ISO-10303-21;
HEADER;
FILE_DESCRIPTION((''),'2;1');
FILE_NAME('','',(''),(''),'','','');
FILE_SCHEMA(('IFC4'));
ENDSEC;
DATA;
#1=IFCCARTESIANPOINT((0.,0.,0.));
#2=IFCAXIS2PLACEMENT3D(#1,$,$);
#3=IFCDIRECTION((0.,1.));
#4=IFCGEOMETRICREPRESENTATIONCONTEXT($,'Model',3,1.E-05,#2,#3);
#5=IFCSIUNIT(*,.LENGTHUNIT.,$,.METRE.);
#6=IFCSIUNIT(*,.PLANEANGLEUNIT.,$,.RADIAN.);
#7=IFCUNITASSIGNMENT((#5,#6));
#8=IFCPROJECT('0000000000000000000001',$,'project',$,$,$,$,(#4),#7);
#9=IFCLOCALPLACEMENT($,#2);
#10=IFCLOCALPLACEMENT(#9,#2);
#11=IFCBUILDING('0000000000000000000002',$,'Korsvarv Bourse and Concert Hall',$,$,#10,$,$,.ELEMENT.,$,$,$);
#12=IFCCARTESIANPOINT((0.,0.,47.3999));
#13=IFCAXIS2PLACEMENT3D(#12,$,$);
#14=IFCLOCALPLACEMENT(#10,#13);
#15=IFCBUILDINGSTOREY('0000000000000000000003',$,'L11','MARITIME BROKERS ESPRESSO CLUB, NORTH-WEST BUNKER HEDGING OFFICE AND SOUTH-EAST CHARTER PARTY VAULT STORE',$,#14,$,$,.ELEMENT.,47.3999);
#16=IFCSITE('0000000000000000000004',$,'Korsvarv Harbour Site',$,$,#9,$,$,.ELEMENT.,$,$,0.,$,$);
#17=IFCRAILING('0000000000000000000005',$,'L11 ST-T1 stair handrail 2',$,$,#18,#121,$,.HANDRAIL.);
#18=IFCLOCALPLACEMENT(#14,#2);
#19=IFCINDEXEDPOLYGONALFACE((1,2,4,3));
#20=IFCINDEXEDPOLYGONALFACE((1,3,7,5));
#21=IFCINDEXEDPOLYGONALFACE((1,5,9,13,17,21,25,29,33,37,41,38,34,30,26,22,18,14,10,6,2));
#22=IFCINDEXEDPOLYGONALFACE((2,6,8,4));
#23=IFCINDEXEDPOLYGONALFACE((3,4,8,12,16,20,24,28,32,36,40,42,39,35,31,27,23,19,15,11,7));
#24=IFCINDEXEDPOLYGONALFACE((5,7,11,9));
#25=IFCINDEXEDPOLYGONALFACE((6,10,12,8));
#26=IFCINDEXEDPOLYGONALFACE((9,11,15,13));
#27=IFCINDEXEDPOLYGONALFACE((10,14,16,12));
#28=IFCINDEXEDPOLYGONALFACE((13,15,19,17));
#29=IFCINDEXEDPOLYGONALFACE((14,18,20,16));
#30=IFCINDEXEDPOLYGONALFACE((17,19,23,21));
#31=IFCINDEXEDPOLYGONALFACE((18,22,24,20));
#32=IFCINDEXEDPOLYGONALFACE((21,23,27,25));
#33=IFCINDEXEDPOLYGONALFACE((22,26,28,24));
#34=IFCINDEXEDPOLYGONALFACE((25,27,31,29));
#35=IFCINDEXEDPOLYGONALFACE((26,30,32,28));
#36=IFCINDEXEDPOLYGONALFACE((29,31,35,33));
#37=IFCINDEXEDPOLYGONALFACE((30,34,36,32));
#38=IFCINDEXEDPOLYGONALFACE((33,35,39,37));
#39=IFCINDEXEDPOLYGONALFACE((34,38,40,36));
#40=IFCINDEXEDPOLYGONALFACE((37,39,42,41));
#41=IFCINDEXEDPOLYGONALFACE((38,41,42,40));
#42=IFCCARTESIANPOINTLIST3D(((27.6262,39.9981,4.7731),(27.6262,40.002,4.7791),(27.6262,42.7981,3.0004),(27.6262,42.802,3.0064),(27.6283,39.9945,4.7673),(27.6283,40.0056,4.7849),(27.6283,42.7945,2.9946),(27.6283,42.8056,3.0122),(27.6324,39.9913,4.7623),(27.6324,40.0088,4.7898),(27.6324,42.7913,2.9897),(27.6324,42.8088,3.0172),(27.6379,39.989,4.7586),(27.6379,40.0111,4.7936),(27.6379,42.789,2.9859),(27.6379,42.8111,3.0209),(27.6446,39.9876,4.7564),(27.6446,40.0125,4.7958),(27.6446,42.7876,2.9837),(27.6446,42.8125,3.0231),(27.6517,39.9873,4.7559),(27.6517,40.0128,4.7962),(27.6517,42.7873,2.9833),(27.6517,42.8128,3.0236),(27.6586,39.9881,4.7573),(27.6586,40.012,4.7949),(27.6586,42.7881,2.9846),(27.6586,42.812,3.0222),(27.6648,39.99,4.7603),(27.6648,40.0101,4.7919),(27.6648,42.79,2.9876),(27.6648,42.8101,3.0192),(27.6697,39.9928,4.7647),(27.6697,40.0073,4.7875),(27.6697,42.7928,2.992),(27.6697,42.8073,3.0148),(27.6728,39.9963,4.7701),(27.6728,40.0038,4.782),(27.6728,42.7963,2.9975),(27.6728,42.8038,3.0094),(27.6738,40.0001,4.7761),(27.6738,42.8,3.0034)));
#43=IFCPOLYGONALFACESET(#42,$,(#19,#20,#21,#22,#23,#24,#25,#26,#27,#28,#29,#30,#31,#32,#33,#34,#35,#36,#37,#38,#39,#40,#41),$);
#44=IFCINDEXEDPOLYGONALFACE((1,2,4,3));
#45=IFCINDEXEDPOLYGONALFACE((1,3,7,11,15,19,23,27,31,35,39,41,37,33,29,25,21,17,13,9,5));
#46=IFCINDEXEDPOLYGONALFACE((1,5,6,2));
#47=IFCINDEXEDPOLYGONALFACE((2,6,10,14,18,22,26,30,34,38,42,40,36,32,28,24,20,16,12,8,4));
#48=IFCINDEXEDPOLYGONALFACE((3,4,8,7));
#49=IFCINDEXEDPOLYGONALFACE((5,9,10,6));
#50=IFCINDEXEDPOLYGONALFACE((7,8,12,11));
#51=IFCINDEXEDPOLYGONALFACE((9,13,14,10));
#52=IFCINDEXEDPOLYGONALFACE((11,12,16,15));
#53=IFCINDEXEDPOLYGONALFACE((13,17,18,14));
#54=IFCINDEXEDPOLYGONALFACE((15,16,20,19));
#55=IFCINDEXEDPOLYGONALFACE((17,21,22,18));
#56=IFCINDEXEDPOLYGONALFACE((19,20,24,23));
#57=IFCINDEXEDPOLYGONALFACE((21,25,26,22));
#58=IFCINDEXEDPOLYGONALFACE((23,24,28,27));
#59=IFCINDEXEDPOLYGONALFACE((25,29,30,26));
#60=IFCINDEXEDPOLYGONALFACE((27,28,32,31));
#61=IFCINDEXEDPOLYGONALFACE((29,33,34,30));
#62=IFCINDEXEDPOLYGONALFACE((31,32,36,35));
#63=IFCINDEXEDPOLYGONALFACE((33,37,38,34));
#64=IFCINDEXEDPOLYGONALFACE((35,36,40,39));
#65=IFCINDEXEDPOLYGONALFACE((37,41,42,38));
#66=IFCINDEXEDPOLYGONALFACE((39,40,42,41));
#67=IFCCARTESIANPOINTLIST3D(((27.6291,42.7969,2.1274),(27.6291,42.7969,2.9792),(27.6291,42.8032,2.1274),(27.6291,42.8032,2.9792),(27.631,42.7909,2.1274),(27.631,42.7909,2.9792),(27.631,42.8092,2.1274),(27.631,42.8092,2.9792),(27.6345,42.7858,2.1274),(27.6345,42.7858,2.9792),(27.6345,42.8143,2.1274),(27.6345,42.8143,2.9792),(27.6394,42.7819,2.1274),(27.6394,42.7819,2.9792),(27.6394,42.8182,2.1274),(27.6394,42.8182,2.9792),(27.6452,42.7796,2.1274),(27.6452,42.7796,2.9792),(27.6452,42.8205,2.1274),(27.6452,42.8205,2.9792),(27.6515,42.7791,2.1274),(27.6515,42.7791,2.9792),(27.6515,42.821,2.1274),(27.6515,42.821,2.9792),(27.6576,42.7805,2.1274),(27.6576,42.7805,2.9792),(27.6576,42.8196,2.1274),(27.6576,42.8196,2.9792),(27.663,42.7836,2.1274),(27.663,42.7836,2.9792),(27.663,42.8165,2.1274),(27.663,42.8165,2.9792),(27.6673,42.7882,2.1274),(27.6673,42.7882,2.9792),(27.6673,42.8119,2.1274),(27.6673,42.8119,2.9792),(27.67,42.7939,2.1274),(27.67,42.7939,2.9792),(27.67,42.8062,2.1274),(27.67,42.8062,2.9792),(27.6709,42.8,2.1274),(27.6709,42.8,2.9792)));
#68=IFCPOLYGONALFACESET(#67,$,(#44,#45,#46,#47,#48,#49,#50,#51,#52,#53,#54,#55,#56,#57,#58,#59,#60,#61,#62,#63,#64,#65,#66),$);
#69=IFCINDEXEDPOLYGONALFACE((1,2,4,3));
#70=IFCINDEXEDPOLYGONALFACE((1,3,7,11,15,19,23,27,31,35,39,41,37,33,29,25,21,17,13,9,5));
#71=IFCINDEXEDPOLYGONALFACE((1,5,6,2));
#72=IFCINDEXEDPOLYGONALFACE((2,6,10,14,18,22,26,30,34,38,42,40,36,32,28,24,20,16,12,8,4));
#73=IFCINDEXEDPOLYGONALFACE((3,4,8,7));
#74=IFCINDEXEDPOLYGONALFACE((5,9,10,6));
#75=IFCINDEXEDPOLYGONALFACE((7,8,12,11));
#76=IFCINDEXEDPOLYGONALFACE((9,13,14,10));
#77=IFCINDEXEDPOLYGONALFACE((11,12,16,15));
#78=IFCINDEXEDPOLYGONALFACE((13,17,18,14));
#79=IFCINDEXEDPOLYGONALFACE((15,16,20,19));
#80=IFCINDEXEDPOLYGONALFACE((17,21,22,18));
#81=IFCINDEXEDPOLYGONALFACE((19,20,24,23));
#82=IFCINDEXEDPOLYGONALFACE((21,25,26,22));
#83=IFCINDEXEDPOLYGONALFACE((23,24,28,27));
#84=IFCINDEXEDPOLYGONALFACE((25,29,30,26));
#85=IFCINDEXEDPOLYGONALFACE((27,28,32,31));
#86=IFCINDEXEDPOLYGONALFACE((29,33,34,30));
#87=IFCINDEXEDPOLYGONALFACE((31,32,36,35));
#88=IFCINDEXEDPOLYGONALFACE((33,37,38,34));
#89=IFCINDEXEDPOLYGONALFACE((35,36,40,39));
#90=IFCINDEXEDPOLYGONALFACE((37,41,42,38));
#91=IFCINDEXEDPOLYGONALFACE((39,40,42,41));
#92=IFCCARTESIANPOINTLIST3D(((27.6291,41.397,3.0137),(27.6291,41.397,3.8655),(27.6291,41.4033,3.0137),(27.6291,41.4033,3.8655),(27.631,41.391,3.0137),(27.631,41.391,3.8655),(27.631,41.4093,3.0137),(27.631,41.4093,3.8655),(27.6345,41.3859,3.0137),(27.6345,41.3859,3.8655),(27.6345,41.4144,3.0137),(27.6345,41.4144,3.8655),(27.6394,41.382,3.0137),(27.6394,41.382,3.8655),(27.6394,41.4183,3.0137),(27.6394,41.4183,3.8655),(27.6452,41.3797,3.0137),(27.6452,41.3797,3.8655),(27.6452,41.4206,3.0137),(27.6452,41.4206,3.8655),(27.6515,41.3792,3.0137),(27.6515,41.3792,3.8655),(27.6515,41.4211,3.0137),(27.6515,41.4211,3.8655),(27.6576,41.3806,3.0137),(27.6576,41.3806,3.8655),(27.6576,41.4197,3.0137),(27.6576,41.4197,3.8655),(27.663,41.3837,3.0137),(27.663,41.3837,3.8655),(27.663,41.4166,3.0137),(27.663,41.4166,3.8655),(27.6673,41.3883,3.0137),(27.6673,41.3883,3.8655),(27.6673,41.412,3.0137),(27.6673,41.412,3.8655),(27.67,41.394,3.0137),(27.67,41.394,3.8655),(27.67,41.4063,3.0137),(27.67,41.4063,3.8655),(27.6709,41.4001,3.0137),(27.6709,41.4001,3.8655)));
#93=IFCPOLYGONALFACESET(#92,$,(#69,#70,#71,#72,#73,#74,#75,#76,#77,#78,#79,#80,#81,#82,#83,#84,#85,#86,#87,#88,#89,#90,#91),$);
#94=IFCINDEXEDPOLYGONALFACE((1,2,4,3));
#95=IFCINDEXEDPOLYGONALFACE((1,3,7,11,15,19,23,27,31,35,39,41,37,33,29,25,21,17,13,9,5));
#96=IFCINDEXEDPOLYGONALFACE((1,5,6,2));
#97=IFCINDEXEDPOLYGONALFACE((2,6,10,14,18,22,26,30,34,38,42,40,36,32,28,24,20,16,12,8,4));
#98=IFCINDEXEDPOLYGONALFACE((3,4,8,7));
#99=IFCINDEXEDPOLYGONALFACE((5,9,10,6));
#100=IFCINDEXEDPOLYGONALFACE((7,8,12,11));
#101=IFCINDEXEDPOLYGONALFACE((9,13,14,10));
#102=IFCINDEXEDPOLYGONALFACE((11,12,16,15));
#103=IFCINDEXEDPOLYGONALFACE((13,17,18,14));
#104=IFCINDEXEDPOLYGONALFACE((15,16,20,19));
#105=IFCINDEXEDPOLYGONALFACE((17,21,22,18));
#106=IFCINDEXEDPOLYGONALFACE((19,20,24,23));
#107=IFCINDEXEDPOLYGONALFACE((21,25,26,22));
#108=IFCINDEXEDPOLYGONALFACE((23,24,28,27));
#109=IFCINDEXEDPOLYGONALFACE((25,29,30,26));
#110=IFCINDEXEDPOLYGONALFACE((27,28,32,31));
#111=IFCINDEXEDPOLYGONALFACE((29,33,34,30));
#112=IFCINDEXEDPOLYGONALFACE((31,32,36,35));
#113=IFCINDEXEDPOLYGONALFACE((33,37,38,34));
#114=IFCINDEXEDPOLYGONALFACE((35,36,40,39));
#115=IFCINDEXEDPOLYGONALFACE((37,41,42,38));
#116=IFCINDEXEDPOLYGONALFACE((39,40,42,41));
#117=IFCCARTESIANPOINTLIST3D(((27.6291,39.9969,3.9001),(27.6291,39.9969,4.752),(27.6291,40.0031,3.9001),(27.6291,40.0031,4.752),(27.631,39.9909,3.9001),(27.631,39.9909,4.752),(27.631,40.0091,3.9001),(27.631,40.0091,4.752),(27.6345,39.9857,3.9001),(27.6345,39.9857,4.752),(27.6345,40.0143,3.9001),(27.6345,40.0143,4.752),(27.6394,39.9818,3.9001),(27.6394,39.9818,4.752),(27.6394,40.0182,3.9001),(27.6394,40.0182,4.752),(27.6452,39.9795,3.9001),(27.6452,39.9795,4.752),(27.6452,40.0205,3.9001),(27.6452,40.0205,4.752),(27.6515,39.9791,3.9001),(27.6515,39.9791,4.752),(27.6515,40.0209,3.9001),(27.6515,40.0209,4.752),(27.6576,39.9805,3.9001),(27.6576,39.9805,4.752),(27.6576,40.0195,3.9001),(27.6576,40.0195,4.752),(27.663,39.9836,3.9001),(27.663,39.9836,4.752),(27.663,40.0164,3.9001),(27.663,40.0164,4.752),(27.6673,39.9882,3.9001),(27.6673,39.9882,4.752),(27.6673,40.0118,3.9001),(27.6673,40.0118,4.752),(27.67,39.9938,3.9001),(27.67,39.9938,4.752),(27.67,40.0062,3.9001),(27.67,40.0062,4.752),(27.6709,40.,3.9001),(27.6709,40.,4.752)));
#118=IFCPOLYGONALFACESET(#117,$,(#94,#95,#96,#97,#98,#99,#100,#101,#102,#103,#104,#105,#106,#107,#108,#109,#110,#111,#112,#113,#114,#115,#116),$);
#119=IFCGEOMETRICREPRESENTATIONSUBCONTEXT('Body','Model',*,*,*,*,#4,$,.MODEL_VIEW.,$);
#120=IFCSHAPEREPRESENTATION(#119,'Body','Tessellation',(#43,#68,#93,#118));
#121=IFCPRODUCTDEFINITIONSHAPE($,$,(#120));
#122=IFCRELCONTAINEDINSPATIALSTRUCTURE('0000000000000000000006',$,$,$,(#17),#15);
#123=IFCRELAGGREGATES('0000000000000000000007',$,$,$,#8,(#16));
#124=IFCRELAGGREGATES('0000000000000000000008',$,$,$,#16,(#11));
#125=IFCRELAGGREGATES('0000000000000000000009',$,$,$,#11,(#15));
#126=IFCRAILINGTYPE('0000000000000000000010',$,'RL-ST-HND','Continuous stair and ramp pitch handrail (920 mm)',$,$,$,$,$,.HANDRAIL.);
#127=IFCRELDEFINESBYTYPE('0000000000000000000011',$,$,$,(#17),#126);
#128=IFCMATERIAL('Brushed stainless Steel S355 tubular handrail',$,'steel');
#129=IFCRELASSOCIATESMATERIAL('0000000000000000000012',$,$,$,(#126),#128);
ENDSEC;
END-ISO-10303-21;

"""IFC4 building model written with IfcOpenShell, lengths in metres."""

from ifc_helpers import new_model, si_unit, direction, frame, origin, origin_2d, place, context, subcontext, project, spatial, circle, extrude, material, type_object, element, save


model = new_model("IFC4")

# Units and contexts
model_context = context("Model", 3, precision=1e-05, world=origin(), true_north=direction((0.0, 1.0)))
body_context = subcontext(model_context, "Body", "Model", "MODEL_VIEW")
ifc_project = project(units=[si_unit("LENGTHUNIT", "METRE"), si_unit("PLANEANGLEUNIT", "RADIAN")], contexts=[model_context])

# Site, building, storey
site_placement = place(None, origin())
site = spatial("IfcSite", under=ifc_project, at=site_placement, Name="Korsvarv Harbour Site", CompositionType="ELEMENT", RefElevation=0.0)
building_placement = place(site_placement, origin())
building = spatial("IfcBuilding", under=site, at=building_placement, Name="Korsvarv Bourse and Concert Hall", CompositionType="ELEMENT")
storey_placement = place(building_placement, frame((0.0, 0.0, 47.3999)))
storey = spatial("IfcBuildingStorey", under=building, at=storey_placement, Name="L11", Description="MARITIME BROKERS ESPRESSO CLUB, NORTH-WEST BUNKER HEDGING OFFICE AND SOUTH-EAST CHARTER PARTY VAULT STORE", CompositionType="ELEMENT", Elevation=47.3999)

# Railing
ifc_material_1 = material(Name="Brushed stainless Steel S355 tubular handrail", Category="steel")
railing_type_1 = type_object("IfcRailingType", Name="RL-ST-HND", Description="Continuous stair and ramp pitch handrail (920 mm)", PredefinedType="HANDRAIL", material=ifc_material_1)
railing_1_placement = place(storey_placement, frame((27.6499, 42.8, 2.1274)))
element("IfcRailing", 1, at=railing_1_placement, inside=storey, type_object=railing_type_1, Name="L11 ST-T1 stair handrail 2", PredefinedType="HANDRAIL", context=body_context, shape_type="SweptSolid", body=[
    extrude(circle(Radius=0.0239, at=origin_2d()), frame((0.0, 0.0, 0.876), z_axis=(0.0, -0.844909, 0.53491), x_axis=(1.0, 0.0, 0.0)), (0.0, 0.0, 1.0), 3.314),
    extrude(circle(Radius=0.021, at=origin_2d()), origin(), (0.0, 0.0, 1.0), 0.8518),
    extrude(circle(Radius=0.021, at=origin_2d()), frame((0.0, -1.3999, 0.8862)), (0.0, 0.0, 1.0), 0.8518),
    extrude(circle(Radius=0.021, at=origin_2d()), frame((0.0, -2.8, 1.7727)), (0.0, 0.0, 1.0), 0.8518),
])

save(model, "model.ifc")
